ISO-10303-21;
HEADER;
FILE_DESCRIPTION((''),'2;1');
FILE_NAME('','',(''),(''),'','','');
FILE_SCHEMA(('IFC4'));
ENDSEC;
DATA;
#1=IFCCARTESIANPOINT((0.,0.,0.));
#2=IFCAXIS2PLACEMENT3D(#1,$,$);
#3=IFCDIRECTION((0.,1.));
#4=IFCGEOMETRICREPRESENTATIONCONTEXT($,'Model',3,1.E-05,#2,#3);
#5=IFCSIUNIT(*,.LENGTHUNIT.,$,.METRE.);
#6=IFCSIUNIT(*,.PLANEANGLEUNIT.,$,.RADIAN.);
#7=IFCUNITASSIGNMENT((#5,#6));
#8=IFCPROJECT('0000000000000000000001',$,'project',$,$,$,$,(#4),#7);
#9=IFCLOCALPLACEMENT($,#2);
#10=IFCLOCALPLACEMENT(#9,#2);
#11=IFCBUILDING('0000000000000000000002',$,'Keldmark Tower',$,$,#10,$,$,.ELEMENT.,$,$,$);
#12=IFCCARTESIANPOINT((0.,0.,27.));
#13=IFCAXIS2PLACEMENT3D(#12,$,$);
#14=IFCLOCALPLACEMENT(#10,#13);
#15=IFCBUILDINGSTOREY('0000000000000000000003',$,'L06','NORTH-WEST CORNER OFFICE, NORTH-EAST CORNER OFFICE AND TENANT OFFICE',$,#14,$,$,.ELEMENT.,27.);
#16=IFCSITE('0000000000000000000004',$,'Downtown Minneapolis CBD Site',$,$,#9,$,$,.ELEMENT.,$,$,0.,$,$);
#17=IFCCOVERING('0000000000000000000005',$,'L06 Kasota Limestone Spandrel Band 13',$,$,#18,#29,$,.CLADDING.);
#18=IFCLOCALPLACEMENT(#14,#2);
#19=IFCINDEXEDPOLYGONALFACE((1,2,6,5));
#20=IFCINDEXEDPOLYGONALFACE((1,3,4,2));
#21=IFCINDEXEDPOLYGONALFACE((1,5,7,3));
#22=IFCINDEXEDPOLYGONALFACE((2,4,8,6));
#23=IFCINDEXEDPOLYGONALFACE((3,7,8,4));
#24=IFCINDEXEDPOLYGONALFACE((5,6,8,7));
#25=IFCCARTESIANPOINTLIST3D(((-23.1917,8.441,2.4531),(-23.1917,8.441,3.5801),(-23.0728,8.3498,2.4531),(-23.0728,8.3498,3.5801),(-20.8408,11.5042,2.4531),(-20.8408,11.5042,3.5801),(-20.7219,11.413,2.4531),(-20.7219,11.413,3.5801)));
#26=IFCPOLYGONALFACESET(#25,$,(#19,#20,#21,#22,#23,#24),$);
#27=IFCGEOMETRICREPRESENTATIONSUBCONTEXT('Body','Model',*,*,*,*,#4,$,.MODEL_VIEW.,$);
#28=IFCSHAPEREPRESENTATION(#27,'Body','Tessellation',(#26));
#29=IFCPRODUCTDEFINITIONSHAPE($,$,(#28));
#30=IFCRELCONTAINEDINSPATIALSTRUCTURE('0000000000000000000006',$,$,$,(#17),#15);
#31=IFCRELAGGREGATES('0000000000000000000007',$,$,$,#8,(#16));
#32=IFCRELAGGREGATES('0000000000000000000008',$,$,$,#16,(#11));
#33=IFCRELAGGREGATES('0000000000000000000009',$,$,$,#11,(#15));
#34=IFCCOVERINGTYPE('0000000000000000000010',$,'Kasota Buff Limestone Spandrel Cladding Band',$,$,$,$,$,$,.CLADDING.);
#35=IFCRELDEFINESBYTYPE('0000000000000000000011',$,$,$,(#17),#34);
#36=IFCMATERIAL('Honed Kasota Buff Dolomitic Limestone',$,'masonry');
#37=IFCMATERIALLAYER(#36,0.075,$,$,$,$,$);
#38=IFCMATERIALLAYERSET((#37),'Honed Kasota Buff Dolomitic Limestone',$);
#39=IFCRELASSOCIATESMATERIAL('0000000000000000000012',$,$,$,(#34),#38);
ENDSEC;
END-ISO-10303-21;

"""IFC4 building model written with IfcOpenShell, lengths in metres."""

from ifc_helpers import new_model, si_unit, direction, frame, origin, origin_2d, place, context, subcontext, project, spatial, rectangle, extrude, material, layer, layer_set, type_object, element, save


model = new_model("IFC4")

# Units and contexts
model_context = context("Model", 3, precision=1e-05, world=origin(), true_north=direction((0.0, 1.0)))
body_context = subcontext(model_context, "Body", "Model", "MODEL_VIEW")
ifc_project = project(units=[si_unit("LENGTHUNIT", "METRE"), si_unit("PLANEANGLEUNIT", "RADIAN")], contexts=[model_context])

# Site, building, storey
site_placement = place(None, origin())
site = spatial("IfcSite", under=ifc_project, at=site_placement, Name="Downtown Minneapolis CBD Site", CompositionType="ELEMENT", RefElevation=0.0)
building_placement = place(site_placement, origin())
building = spatial("IfcBuilding", under=site, at=building_placement, Name="Keldmark Tower", CompositionType="ELEMENT")
storey_placement = place(building_placement, frame((0.0, 0.0, 27.0)))
storey = spatial("IfcBuildingStorey", under=building, at=storey_placement, Name="L06", Description="NORTH-WEST CORNER OFFICE, NORTH-EAST CORNER OFFICE AND TENANT OFFICE", CompositionType="ELEMENT", Elevation=27.0)

# Covering
ifc_material_1 = material(Name="Honed Kasota Buff Dolomitic Limestone", Category="masonry")
ifc_layer_1 = layer(ifc_material_1, 0.075)
ifc_layer_set_1 = layer_set([ifc_layer_1], Name="Honed Kasota Buff Dolomitic Limestone")
covering_type = type_object("IfcCoveringType", Name="Kasota Buff Limestone Spandrel Cladding Band", PredefinedType="CLADDING", material=ifc_layer_set_1)
covering_placement = place(storey_placement, frame((-21.9568, 9.927, 2.4531), z_axis=(0.0, 0.0, 1.0), x_axis=(-0.608831, -0.7933, 0.0)))
element("IfcCovering", 1, at=covering_placement, inside=storey, type_object=covering_type, Name="L06 Kasota Limestone Spandrel Band 13", PredefinedType="CLADDING", context=body_context, shape_type="SweptSolid", body=[
    extrude(rectangle(XDim=3.8613, YDim=0.1499, at=origin_2d()), origin(), (0.0, 0.0, 1.0), 1.127),
])

save(model, "model.ifc")
